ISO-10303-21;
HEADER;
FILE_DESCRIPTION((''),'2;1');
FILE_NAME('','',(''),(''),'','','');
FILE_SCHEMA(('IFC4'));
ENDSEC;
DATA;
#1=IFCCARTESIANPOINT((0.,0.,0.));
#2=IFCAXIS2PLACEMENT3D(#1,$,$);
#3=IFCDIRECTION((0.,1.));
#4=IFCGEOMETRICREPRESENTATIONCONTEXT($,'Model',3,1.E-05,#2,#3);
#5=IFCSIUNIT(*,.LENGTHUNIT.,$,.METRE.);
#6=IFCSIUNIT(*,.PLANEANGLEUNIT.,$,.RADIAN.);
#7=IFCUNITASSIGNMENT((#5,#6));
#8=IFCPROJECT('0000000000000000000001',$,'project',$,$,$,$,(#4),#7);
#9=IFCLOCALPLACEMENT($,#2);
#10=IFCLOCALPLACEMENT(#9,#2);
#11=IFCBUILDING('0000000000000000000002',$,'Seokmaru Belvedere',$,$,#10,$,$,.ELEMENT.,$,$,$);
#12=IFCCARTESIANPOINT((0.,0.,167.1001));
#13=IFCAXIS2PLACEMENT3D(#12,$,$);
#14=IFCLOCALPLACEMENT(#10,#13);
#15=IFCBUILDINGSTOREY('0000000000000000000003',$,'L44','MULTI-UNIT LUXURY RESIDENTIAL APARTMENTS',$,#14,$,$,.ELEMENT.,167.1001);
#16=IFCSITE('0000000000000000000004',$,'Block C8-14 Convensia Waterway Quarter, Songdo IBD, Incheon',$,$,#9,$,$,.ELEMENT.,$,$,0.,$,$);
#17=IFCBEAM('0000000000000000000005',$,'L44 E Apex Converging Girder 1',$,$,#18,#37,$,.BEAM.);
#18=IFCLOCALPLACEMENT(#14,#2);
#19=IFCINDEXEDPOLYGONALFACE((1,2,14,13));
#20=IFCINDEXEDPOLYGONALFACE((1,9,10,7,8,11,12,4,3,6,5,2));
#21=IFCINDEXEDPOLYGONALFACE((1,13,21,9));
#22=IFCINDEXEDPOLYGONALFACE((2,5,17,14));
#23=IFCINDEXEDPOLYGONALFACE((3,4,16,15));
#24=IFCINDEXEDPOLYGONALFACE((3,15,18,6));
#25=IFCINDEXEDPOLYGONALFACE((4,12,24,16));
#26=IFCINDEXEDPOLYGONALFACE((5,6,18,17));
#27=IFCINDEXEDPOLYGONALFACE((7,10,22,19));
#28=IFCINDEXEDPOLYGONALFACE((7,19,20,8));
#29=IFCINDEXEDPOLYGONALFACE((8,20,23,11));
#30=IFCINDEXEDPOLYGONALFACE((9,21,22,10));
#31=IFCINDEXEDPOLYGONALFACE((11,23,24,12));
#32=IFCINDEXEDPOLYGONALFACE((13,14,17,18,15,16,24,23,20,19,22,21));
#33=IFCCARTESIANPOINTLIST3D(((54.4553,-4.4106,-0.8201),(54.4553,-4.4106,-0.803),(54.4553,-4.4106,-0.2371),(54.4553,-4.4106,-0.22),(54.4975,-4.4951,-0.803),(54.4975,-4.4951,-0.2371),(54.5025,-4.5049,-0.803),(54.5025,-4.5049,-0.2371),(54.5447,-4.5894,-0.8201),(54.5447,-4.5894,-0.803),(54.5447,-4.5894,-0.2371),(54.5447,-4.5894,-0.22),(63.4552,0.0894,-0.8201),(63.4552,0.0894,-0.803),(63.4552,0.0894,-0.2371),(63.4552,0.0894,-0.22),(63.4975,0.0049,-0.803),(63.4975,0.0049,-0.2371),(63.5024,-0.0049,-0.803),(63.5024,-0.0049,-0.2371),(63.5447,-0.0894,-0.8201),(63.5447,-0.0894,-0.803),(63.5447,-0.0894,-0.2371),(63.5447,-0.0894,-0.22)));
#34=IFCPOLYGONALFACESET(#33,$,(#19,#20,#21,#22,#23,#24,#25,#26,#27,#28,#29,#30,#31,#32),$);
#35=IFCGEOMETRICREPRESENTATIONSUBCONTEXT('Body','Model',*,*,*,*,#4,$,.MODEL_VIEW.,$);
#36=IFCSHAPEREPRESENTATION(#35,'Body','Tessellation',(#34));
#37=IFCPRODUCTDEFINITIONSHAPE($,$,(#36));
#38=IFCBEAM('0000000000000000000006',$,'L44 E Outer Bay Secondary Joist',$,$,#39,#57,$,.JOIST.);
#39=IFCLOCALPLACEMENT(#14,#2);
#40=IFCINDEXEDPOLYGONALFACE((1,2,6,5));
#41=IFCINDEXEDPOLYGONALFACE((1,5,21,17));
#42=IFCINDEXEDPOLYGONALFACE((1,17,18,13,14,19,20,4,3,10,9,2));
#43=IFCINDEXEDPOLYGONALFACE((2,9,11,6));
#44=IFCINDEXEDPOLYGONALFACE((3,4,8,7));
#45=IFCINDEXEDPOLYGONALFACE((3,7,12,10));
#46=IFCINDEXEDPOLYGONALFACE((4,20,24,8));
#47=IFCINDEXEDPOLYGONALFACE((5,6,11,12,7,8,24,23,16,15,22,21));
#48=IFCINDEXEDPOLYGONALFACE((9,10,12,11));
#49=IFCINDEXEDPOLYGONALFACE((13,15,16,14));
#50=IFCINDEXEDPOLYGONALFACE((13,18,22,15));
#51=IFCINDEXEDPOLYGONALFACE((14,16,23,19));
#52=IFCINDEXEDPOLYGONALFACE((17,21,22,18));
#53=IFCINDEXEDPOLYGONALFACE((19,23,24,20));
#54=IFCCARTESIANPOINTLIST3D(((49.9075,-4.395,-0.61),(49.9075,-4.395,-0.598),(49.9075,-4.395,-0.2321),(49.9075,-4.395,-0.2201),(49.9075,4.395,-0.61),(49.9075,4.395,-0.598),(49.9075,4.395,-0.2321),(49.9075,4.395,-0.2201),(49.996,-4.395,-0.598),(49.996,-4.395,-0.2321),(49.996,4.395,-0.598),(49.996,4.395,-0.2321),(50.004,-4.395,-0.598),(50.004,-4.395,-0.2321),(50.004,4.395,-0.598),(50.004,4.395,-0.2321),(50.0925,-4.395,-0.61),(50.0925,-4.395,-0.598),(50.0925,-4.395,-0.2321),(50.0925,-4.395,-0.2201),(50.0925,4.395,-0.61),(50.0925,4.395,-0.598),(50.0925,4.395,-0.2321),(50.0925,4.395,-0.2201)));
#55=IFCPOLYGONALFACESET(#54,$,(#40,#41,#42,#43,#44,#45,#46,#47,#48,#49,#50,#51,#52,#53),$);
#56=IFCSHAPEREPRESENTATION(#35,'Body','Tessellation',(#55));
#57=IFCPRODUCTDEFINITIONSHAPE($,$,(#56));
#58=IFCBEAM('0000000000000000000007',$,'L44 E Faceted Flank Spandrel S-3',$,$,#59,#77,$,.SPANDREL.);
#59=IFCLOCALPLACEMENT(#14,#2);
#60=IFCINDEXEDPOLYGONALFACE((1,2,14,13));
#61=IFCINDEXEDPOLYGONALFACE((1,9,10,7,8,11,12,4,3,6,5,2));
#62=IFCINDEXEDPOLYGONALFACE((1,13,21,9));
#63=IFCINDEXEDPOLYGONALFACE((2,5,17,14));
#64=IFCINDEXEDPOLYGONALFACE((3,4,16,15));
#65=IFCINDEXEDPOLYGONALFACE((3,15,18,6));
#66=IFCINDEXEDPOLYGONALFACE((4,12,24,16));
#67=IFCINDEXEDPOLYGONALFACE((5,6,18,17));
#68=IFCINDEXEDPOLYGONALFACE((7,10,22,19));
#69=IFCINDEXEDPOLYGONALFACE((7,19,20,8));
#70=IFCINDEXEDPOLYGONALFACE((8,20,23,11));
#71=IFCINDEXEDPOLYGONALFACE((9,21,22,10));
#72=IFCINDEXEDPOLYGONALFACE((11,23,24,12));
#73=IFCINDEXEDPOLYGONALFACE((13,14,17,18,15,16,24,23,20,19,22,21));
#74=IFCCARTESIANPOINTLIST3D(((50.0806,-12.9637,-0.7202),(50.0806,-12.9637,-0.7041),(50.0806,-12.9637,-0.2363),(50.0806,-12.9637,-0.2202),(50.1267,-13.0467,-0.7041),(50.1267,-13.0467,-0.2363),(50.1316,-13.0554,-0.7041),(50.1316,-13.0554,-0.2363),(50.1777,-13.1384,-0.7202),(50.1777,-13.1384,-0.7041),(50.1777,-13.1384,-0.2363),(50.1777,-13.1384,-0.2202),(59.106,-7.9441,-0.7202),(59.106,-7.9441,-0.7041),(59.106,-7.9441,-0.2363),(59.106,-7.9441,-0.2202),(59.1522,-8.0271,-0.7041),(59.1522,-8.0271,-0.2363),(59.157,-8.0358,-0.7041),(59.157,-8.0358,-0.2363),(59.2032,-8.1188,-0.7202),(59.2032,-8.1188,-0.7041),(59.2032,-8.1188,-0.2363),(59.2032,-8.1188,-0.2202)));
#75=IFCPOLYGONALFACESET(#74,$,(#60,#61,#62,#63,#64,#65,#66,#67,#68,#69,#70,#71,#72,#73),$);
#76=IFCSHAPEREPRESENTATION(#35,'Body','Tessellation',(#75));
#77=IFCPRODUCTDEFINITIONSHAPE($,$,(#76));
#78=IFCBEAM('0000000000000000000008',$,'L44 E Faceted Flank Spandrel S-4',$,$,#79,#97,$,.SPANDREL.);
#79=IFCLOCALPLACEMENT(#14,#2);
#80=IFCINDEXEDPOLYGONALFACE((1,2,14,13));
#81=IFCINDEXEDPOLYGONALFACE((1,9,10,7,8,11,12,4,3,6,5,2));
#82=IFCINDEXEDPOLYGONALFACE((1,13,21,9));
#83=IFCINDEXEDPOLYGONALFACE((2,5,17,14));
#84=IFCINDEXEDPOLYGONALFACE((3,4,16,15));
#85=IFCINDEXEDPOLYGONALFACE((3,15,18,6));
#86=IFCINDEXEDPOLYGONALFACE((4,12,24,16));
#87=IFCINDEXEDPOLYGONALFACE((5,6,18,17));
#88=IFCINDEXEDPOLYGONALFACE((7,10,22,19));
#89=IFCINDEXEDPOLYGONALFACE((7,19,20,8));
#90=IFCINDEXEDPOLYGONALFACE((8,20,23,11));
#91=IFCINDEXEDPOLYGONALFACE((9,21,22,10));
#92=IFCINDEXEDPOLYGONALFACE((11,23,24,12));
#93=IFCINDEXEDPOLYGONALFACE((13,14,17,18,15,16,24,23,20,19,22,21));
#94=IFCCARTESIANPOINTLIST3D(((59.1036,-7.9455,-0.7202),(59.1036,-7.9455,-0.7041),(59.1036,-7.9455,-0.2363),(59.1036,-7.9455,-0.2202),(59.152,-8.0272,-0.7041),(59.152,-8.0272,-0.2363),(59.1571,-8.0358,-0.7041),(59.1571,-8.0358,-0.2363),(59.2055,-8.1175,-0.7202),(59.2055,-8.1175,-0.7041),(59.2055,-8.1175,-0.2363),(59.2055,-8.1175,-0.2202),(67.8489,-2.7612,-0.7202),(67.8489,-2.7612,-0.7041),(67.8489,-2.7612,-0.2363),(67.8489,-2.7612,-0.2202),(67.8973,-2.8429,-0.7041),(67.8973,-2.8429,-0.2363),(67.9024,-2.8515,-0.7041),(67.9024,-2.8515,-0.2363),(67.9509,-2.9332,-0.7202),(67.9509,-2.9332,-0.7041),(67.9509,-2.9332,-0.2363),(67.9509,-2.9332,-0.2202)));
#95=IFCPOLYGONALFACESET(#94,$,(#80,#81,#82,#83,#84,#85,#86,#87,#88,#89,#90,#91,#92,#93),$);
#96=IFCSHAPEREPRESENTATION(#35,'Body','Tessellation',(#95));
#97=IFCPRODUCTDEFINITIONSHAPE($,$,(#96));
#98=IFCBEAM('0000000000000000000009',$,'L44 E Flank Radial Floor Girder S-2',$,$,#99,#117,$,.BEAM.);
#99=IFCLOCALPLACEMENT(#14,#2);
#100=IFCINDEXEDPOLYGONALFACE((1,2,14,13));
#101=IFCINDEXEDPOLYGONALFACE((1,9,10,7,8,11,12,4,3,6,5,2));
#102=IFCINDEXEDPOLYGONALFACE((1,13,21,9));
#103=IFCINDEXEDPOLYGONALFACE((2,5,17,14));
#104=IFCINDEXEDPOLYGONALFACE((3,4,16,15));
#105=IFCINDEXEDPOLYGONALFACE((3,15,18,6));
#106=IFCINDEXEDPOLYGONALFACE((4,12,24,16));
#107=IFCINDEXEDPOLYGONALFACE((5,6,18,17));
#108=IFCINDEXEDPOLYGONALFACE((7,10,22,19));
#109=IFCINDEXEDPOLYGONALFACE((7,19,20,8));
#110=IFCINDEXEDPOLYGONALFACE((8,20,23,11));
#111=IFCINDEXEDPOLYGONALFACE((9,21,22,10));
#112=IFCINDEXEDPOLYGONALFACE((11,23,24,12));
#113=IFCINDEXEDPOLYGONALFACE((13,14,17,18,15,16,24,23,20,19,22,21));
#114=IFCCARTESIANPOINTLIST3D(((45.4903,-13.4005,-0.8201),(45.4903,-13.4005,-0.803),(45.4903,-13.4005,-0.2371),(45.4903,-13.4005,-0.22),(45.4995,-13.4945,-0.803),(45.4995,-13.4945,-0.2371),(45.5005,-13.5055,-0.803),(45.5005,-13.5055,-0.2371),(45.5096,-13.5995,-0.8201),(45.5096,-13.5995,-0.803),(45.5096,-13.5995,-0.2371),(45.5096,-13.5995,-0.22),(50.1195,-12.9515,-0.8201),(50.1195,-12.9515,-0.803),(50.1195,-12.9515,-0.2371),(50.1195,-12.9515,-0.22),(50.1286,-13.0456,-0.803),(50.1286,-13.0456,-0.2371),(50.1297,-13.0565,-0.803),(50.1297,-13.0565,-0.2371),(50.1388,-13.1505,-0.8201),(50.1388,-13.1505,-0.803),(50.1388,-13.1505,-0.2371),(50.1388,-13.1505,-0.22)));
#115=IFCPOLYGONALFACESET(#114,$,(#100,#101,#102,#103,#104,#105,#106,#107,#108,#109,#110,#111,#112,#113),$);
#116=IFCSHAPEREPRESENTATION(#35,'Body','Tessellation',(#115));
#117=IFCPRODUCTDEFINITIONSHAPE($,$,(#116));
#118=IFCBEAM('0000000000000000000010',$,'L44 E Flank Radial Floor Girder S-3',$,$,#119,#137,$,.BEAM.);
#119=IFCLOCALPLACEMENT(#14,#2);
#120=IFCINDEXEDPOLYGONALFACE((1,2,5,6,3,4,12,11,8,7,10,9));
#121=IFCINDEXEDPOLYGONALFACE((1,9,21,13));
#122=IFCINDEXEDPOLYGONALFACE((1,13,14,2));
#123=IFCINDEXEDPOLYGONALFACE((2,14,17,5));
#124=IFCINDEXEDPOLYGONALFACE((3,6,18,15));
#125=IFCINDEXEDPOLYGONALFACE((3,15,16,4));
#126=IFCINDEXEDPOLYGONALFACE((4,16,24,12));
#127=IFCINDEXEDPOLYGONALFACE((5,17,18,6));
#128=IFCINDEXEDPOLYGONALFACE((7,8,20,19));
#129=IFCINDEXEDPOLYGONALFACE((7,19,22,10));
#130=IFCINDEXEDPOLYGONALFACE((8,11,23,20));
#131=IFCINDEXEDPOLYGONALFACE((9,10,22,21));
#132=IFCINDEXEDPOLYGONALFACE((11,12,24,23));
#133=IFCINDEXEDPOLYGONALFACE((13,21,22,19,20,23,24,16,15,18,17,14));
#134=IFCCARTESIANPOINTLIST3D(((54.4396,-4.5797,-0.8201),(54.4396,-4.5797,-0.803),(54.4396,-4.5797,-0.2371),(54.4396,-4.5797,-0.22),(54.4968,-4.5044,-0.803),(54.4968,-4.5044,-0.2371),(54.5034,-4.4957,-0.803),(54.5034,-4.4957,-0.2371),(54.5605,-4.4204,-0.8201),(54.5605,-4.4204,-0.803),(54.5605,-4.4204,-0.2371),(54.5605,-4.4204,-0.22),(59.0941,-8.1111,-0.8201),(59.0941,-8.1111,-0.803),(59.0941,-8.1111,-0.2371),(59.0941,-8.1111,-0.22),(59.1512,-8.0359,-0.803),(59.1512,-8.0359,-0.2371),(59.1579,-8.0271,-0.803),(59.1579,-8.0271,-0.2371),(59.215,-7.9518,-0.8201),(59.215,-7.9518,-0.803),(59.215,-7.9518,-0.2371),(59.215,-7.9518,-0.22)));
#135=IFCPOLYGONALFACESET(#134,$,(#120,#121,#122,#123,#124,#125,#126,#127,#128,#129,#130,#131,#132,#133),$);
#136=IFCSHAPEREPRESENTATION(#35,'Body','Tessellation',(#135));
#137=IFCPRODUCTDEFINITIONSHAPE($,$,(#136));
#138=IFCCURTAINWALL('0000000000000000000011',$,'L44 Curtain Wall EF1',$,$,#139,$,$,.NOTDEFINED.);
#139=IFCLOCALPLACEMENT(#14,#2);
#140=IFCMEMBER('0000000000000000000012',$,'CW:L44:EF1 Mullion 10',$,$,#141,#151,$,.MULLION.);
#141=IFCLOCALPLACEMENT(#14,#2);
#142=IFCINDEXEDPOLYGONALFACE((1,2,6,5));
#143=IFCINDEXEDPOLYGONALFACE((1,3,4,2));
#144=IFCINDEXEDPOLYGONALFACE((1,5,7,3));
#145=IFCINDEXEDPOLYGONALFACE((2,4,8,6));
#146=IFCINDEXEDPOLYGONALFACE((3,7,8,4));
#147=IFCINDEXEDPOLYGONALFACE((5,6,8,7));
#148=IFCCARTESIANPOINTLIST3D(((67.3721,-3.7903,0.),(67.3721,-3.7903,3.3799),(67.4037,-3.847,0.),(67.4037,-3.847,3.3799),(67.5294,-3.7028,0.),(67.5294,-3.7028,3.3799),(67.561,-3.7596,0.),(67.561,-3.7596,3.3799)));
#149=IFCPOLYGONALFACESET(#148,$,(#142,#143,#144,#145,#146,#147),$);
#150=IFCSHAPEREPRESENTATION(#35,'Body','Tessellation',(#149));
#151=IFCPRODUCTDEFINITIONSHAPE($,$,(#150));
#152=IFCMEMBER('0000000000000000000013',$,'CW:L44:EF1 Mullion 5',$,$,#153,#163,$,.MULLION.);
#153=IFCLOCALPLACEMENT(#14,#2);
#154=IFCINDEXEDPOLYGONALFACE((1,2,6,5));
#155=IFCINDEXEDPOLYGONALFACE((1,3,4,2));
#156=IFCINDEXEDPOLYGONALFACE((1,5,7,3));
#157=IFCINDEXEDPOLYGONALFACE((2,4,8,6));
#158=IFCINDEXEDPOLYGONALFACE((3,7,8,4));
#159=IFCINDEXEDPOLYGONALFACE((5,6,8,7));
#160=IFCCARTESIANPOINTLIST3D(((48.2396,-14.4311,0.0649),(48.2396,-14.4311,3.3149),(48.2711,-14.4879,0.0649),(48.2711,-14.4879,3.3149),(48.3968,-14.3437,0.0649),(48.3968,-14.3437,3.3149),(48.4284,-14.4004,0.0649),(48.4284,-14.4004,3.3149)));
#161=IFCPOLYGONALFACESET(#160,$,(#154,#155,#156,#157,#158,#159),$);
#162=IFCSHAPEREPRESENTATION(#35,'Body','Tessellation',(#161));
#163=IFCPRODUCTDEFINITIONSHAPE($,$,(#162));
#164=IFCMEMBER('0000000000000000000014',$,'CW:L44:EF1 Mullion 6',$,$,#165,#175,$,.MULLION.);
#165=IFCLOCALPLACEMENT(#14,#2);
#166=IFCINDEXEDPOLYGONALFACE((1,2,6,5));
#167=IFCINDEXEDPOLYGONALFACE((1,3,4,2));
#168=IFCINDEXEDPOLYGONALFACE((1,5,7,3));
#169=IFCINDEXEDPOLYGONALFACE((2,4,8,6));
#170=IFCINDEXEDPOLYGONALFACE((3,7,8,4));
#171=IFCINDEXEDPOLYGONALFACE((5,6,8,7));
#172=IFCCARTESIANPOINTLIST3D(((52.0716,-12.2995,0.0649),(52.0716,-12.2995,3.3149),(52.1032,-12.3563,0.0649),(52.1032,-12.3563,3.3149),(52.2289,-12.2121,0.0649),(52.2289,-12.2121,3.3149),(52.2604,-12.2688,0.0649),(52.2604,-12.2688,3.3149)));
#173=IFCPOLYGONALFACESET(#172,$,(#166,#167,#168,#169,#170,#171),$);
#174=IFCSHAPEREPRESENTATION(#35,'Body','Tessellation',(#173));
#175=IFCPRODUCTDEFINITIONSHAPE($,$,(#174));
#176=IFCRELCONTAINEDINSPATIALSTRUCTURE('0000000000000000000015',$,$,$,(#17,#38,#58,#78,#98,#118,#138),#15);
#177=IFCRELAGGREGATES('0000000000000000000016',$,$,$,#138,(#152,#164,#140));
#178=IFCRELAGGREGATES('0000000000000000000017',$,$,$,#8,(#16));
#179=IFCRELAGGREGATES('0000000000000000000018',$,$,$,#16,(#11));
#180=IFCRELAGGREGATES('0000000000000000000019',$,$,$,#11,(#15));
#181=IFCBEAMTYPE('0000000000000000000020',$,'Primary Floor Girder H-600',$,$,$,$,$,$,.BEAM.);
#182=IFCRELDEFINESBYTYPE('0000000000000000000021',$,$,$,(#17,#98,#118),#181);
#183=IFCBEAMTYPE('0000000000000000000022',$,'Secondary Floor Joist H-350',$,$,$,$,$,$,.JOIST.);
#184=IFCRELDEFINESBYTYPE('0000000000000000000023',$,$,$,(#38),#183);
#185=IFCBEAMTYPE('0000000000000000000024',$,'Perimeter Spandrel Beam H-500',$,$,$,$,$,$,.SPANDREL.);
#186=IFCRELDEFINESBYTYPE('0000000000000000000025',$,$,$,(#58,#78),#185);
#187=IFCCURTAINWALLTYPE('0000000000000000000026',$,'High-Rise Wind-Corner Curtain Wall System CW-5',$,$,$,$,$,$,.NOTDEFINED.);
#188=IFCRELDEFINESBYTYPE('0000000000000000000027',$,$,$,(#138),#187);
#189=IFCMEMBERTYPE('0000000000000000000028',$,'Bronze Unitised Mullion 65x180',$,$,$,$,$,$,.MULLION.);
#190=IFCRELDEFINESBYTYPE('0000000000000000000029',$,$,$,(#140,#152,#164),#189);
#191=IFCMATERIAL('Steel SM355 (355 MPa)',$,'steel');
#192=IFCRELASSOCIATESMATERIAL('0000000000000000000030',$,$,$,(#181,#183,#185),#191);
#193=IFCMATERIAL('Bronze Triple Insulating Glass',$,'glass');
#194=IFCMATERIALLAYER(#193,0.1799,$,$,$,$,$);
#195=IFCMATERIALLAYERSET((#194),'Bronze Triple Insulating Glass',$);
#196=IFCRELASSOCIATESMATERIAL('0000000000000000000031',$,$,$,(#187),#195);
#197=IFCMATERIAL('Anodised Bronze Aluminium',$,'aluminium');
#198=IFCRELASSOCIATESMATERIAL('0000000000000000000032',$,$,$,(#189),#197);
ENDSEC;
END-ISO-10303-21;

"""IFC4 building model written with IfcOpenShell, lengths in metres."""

from ifc_helpers import new_model, si_unit, direction, frame, origin, origin_2d, place, context, subcontext, project, spatial, rectangle, i_section, extrude, source, transform, mapped, material, layer, layer_set, material_profile, profile_set, type_object, type_shapes, element, aggregate, save


model = new_model("IFC4")

# Units and contexts
model_context = context("Model", 3, precision=1e-05, world=origin(), true_north=direction((0.0, 1.0)))
body_context = subcontext(model_context, "Body", "Model", "MODEL_VIEW")
ifc_project = project(units=[si_unit("LENGTHUNIT", "METRE"), si_unit("PLANEANGLEUNIT", "RADIAN")], contexts=[model_context])

# Site, building, storey
site_placement = place(None, origin())
site = spatial("IfcSite", under=ifc_project, at=site_placement, Name="Block C8-14 Convensia Waterway Quarter, Songdo IBD, Incheon", CompositionType="ELEMENT", RefElevation=0.0)
building_placement = place(site_placement, origin())
building = spatial("IfcBuilding", under=site, at=building_placement, Name="Seokmaru Belvedere", CompositionType="ELEMENT")
storey_placement = place(building_placement, frame((0.0, 0.0, 167.1001)))
storey = spatial("IfcBuildingStorey", under=building, at=storey_placement, Name="L44", Description="MULTI-UNIT LUXURY RESIDENTIAL APARTMENTS", CompositionType="ELEMENT", Elevation=167.1001)

# Shared definitions
ifc_material_1 = material(Name="Steel SM355 (355 MPa)", Category="steel")

# Beams
ifc_material_profile_1 = material_profile(ifc_material_1, i_section(OverallWidth=0.2, OverallDepth=0.6001, WebThickness=0.011, FlangeThickness=0.0171, at=origin_2d()), Name="H-600x200x11x17")
ifc_profile_set_1 = profile_set([ifc_material_profile_1], Name="Steel SM355 (355 MPa)")
beam_type_1 = type_object("IfcBeamType", Name="Primary Floor Girder H-600", PredefinedType="BEAM", material=ifc_profile_set_1)
shared_shape_1 = source(origin(), body_context, "Body", "SweptSolid", [
    extrude(i_section(OverallWidth=0.2, OverallDepth=0.6001, WebThickness=0.011, FlangeThickness=0.0171, at=origin_2d()), origin(), (0.0, 0.0, 1.0), 10.0623),
])
beam_1_placement = place(storey_placement, frame((54.5, -4.5, -0.52), z_axis=(0.894427, 0.447214, 0.0), x_axis=(-0.447214, 0.894427, 0.0)))
element("IfcBeam", 1, at=beam_1_placement, inside=storey, type_object=beam_type_1, Name="L44 E Apex Converging Girder 1", PredefinedType="BEAM", context=body_context, shape_type="MappedRepresentation", body=[
    mapped(shared_shape_1, transform((0.0, 0.0, 0.0), scale=1.0)),
])
ifc_material_profile_2 = material_profile(ifc_material_1, i_section(OverallWidth=0.1851, OverallDepth=0.3899, WebThickness=0.0081, FlangeThickness=0.012, at=origin_2d()), Name="H-390x185x8x12")
ifc_profile_set_2 = profile_set([ifc_material_profile_2], Name="Steel SM355 (355 MPa)")
beam_type_2 = type_object("IfcBeamType", Name="Secondary Floor Joist H-350", PredefinedType="JOIST", material=ifc_profile_set_2)
shared_shape_2 = source(origin(), body_context, "Body", "SweptSolid", [
    extrude(i_section(OverallWidth=0.1851, OverallDepth=0.3899, WebThickness=0.0081, FlangeThickness=0.012, at=origin_2d()), origin(), (0.0, 0.0, 1.0), 8.79),
])
type_shapes(beam_type_2, [shared_shape_2])
beam_2_placement = place(storey_placement, frame((50.0, -4.395, -0.415), z_axis=(0.0, 1.0, 0.0), x_axis=(-1.0, 0.0, 0.0)))
element("IfcBeam", 2, at=beam_2_placement, inside=storey, type_object=beam_type_2, Name="L44 E Outer Bay Secondary Joist", PredefinedType="JOIST", context=body_context, shape_type="MappedRepresentation", body=[
    mapped(shared_shape_2, transform((0.0, 0.0, 0.0), scale=1.0)),
])
ifc_material_profile_3 = material_profile(ifc_material_1, i_section(OverallWidth=0.2, OverallDepth=0.5, WebThickness=0.01, FlangeThickness=0.0161, at=origin_2d()), Name="H-500x200x10x16")
ifc_profile_set_3 = profile_set([ifc_material_profile_3], Name="Steel SM355 (355 MPa)")
beam_type_3 = type_object("IfcBeamType", Name="Perimeter Spandrel Beam H-500", PredefinedType="SPANDREL", material=ifc_profile_set_3)
shared_shape_3 = source(origin(), body_context, "Body", "SweptSolid", [
    extrude(i_section(OverallWidth=0.2, OverallDepth=0.5, WebThickness=0.01, FlangeThickness=0.0161, at=origin_2d()), origin(), (0.0, 0.0, 1.0), 10.3274),
])
beam_3_placement = place(storey_placement, frame((50.1292, -13.051, -0.4702), z_axis=(0.873934, 0.486044, 0.0), x_axis=(-0.486044, 0.873934, 0.0)))
element("IfcBeam", 3, at=beam_3_placement, inside=storey, type_object=beam_type_3, Name="L44 E Faceted Flank Spandrel S-3", PredefinedType="SPANDREL", context=body_context, shape_type="MappedRepresentation", body=[
    mapped(shared_shape_3, transform((0.0, 0.0, 0.0), scale=1.0)),
])
shared_shape_4 = source(origin(), body_context, "Body", "SweptSolid", [
    extrude(i_section(OverallWidth=0.2, OverallDepth=0.5, WebThickness=0.01, FlangeThickness=0.0161, at=origin_2d()), origin(), (0.0, 0.0, 1.0), 10.1665),
])
type_shapes(beam_type_3, [shared_shape_3, shared_shape_4])
beam_4_placement = place(storey_placement, frame((59.1545, -8.0315, -0.4702), z_axis=(0.86021, 0.50994, 0.0), x_axis=(-0.50994, 0.86021, 0.0)))
element("IfcBeam", 4, at=beam_4_placement, inside=storey, type_object=beam_type_3, Name="L44 E Faceted Flank Spandrel S-4", PredefinedType="SPANDREL", context=body_context, shape_type="MappedRepresentation", body=[
    mapped(shared_shape_4, transform((0.0, 0.0, 0.0), scale=1.0)),
])
shared_shape_5 = source(origin(), body_context, "Body", "SweptSolid", [
    extrude(i_section(OverallWidth=0.2, OverallDepth=0.6001, WebThickness=0.011, FlangeThickness=0.0171, at=origin_2d()), origin(), (0.0, 0.0, 1.0), 4.6509),
])
beam_5_placement = place(storey_placement, frame((50.1292, -13.051, -0.52), z_axis=(-0.99533, -0.096536, 0.0), x_axis=(0.096536, -0.99533, 0.0)))
element("IfcBeam", 5, at=beam_5_placement, inside=storey, type_object=beam_type_1, Name="L44 E Flank Radial Floor Girder S-2", PredefinedType="BEAM", context=body_context, shape_type="MappedRepresentation", body=[
    mapped(shared_shape_5, transform((0.0, 0.0, 0.0), scale=1.0)),
])
shared_shape_6 = source(origin(), body_context, "Body", "SweptSolid", [
    extrude(i_section(OverallWidth=0.2, OverallDepth=0.6001, WebThickness=0.011, FlangeThickness=0.0171, at=origin_2d()), origin(), (0.0, 0.0, 1.0), 5.8425),
])
beam_6_placement = place(storey_placement, frame((59.1545, -8.0315, -0.52), z_axis=(-0.796653, 0.604437, 0.0), x_axis=(-0.604437, -0.796653, 0.0)))
element("IfcBeam", 6, at=beam_6_placement, inside=storey, type_object=beam_type_1, Name="L44 E Flank Radial Floor Girder S-3", PredefinedType="BEAM", context=body_context, shape_type="MappedRepresentation", body=[
    mapped(shared_shape_6, transform((0.0, 0.0, 0.0), scale=1.0)),
])

# Curtain wall, members
ifc_material_2 = material(Name="Bronze Triple Insulating Glass", Category="glass")
ifc_layer_1 = layer(ifc_material_2, 0.1799)
ifc_layer_set_1 = layer_set([ifc_layer_1], Name="Bronze Triple Insulating Glass")
curtain_wall_type = type_object("IfcCurtainWallType", Name="High-Rise Wind-Corner Curtain Wall System CW-5", PredefinedType="NOTDEFINED", material=ifc_layer_set_1)
curtain_wall_placement = place(storey_placement, origin())
curtain_wall = element("IfcCurtainWall", 7, at=curtain_wall_placement, inside=storey, type_object=curtain_wall_type, Name="L44 Curtain Wall EF1", PredefinedType="NOTDEFINED")
ifc_material_3 = material(Name="Anodised Bronze Aluminium", Category="aluminium")
ifc_material_profile_4 = material_profile(ifc_material_3, rectangle(XDim=0.0649, YDim=0.1799, at=origin_2d()), Name="CW-M-65x180")
ifc_profile_set_4 = profile_set([ifc_material_profile_4], Name="Anodised Bronze Aluminium")
member_type = type_object("IfcMemberType", Name="Bronze Unitised Mullion 65x180", PredefinedType="MULLION", material=ifc_profile_set_4)
shared_shape_7 = source(origin(), body_context, "Body", "SweptSolid", [
    extrude(rectangle(XDim=0.0649, YDim=0.1799, at=origin_2d()), origin(), (0.0, 0.0, 1.0), 3.3799),
])
member_1_placement = place(storey_placement, frame((67.4666, -3.7749, 0.0), z_axis=(0.0, 0.0, 1.0), x_axis=(-0.486047, 0.873933, 0.0)))
member_1 = element("IfcMember", 8, at=member_1_placement, type_object=member_type, Name="CW:L44:EF1 Mullion 10", PredefinedType="MULLION", context=body_context, shape_type="MappedRepresentation", body=[
    mapped(shared_shape_7, transform((0.0, 0.0, 0.0), scale=1.0)),
])
shared_shape_8 = source(origin(), body_context, "Body", "SweptSolid", [
    extrude(rectangle(XDim=0.0649, YDim=0.1799, at=origin_2d()), origin(), (0.0, 0.0, 1.0), 3.25),
])
type_shapes(member_type, [shared_shape_7, shared_shape_8])
member_2_placement = place(storey_placement, frame((48.334, -14.4158, 0.0649), z_axis=(0.0, 0.0, 1.0), x_axis=(-0.486047, 0.873933, 0.0)))
member_2 = element("IfcMember", 9, at=member_2_placement, type_object=member_type, Name="CW:L44:EF1 Mullion 5", PredefinedType="MULLION", context=body_context, shape_type="MappedRepresentation", body=[
    mapped(shared_shape_8, transform((0.0, 0.0, 0.0), scale=1.0)),
])
member_3_placement = place(storey_placement, frame((52.166, -12.2842, 0.0649), z_axis=(0.0, 0.0, 1.0), x_axis=(-0.486047, 0.873933, 0.0)))
member_3 = element("IfcMember", 10, at=member_3_placement, type_object=member_type, Name="CW:L44:EF1 Mullion 6", PredefinedType="MULLION", context=body_context, shape_type="MappedRepresentation", body=[
    mapped(shared_shape_8, transform((0.0, 0.0, 0.0), scale=1.0)),
])
aggregate(curtain_wall, [member_2, member_3, member_1])

save(model, "model.ifc")
